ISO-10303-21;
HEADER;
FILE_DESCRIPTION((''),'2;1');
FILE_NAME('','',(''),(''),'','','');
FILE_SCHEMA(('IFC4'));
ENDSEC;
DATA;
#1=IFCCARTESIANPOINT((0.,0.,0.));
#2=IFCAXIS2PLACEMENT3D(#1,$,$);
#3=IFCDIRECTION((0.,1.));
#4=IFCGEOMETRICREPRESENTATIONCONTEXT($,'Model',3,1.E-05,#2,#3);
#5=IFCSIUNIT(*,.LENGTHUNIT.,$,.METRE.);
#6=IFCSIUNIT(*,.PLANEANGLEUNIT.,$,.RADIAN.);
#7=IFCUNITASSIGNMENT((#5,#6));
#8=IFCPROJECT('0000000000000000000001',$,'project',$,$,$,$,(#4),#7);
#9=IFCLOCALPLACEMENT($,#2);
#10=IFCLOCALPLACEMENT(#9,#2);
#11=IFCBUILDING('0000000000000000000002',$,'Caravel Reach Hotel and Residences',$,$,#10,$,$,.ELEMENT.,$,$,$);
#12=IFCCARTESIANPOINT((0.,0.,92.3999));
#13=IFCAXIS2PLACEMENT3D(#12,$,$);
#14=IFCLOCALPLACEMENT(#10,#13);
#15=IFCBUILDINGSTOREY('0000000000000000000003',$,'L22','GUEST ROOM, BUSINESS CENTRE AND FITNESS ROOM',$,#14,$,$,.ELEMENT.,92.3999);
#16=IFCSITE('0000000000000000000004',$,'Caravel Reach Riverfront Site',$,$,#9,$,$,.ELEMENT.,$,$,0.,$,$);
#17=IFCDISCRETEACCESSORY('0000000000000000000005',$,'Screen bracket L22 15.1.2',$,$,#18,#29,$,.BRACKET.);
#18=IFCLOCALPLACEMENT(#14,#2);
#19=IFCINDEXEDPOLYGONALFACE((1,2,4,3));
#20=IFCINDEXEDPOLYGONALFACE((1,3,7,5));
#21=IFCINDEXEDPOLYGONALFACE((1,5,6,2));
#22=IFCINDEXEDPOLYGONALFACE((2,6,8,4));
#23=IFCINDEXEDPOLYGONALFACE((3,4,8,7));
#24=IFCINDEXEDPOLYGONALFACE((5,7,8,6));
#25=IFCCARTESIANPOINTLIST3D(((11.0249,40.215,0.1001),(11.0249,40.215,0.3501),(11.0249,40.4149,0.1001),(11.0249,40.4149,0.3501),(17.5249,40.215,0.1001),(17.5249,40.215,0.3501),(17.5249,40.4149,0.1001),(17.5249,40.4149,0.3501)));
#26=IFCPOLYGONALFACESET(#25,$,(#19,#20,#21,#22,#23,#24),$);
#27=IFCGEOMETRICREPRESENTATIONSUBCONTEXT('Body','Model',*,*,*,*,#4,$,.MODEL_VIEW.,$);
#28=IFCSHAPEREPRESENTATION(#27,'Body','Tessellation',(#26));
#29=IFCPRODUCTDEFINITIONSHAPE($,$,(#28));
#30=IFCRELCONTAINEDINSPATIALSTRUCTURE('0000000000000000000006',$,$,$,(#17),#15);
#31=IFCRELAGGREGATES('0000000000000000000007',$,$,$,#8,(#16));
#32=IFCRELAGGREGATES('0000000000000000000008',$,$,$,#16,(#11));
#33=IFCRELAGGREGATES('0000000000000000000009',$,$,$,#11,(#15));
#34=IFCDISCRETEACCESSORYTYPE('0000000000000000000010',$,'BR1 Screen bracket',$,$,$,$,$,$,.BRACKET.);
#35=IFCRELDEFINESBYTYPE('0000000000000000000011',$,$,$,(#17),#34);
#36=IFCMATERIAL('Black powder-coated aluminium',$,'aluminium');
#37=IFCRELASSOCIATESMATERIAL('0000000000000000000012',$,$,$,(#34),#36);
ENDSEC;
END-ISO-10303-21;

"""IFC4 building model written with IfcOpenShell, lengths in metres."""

from ifc_helpers import new_model, si_unit, direction, frame, origin, origin_2d, place, context, subcontext, project, spatial, rectangle, extrude, material, type_object, element, save


model = new_model("IFC4")

# Units and contexts
model_context = context("Model", 3, precision=1e-05, world=origin(), true_north=direction((0.0, 1.0)))
body_context = subcontext(model_context, "Body", "Model", "MODEL_VIEW")
ifc_project = project(units=[si_unit("LENGTHUNIT", "METRE"), si_unit("PLANEANGLEUNIT", "RADIAN")], contexts=[model_context])

# Site, building, storey
site_placement = place(None, origin())
site = spatial("IfcSite", under=ifc_project, at=site_placement, Name="Caravel Reach Riverfront Site", CompositionType="ELEMENT", RefElevation=0.0)
building_placement = place(site_placement, origin())
building = spatial("IfcBuilding", under=site, at=building_placement, Name="Caravel Reach Hotel and Residences", CompositionType="ELEMENT")
storey_placement = place(building_placement, frame((0.0, 0.0, 92.3999)))
storey = spatial("IfcBuildingStorey", under=building, at=storey_placement, Name="L22", Description="GUEST ROOM, BUSINESS CENTRE AND FITNESS ROOM", CompositionType="ELEMENT", Elevation=92.3999)

# Discrete accessory
ifc_material_1 = material(Name="Black powder-coated aluminium", Category="aluminium")
discrete_accessory_type = type_object("IfcDiscreteAccessoryType", Name="BR1 Screen bracket", PredefinedType="BRACKET", material=ifc_material_1)
for number, where, z_axis, x_axis, name in (
    (1, (14.2749, 40.3149, 0.1001), (0.0, 0.0, 1.0), (-1.0, 0.0, 0.0), "Screen bracket L22 15.1.2"),
):
    element("IfcDiscreteAccessory", number, at=place(storey_placement, frame(where, z_axis=z_axis, x_axis=x_axis)), inside=storey, type_object=discrete_accessory_type, Name=name, PredefinedType="BRACKET", context=body_context, shape_type="SweptSolid", body=[
        extrude(rectangle(XDim=6.5, YDim=0.2, at=origin_2d()), origin(), (0.0, 0.0, 1.0), 0.25),
    ])

save(model, "model.ifc")
